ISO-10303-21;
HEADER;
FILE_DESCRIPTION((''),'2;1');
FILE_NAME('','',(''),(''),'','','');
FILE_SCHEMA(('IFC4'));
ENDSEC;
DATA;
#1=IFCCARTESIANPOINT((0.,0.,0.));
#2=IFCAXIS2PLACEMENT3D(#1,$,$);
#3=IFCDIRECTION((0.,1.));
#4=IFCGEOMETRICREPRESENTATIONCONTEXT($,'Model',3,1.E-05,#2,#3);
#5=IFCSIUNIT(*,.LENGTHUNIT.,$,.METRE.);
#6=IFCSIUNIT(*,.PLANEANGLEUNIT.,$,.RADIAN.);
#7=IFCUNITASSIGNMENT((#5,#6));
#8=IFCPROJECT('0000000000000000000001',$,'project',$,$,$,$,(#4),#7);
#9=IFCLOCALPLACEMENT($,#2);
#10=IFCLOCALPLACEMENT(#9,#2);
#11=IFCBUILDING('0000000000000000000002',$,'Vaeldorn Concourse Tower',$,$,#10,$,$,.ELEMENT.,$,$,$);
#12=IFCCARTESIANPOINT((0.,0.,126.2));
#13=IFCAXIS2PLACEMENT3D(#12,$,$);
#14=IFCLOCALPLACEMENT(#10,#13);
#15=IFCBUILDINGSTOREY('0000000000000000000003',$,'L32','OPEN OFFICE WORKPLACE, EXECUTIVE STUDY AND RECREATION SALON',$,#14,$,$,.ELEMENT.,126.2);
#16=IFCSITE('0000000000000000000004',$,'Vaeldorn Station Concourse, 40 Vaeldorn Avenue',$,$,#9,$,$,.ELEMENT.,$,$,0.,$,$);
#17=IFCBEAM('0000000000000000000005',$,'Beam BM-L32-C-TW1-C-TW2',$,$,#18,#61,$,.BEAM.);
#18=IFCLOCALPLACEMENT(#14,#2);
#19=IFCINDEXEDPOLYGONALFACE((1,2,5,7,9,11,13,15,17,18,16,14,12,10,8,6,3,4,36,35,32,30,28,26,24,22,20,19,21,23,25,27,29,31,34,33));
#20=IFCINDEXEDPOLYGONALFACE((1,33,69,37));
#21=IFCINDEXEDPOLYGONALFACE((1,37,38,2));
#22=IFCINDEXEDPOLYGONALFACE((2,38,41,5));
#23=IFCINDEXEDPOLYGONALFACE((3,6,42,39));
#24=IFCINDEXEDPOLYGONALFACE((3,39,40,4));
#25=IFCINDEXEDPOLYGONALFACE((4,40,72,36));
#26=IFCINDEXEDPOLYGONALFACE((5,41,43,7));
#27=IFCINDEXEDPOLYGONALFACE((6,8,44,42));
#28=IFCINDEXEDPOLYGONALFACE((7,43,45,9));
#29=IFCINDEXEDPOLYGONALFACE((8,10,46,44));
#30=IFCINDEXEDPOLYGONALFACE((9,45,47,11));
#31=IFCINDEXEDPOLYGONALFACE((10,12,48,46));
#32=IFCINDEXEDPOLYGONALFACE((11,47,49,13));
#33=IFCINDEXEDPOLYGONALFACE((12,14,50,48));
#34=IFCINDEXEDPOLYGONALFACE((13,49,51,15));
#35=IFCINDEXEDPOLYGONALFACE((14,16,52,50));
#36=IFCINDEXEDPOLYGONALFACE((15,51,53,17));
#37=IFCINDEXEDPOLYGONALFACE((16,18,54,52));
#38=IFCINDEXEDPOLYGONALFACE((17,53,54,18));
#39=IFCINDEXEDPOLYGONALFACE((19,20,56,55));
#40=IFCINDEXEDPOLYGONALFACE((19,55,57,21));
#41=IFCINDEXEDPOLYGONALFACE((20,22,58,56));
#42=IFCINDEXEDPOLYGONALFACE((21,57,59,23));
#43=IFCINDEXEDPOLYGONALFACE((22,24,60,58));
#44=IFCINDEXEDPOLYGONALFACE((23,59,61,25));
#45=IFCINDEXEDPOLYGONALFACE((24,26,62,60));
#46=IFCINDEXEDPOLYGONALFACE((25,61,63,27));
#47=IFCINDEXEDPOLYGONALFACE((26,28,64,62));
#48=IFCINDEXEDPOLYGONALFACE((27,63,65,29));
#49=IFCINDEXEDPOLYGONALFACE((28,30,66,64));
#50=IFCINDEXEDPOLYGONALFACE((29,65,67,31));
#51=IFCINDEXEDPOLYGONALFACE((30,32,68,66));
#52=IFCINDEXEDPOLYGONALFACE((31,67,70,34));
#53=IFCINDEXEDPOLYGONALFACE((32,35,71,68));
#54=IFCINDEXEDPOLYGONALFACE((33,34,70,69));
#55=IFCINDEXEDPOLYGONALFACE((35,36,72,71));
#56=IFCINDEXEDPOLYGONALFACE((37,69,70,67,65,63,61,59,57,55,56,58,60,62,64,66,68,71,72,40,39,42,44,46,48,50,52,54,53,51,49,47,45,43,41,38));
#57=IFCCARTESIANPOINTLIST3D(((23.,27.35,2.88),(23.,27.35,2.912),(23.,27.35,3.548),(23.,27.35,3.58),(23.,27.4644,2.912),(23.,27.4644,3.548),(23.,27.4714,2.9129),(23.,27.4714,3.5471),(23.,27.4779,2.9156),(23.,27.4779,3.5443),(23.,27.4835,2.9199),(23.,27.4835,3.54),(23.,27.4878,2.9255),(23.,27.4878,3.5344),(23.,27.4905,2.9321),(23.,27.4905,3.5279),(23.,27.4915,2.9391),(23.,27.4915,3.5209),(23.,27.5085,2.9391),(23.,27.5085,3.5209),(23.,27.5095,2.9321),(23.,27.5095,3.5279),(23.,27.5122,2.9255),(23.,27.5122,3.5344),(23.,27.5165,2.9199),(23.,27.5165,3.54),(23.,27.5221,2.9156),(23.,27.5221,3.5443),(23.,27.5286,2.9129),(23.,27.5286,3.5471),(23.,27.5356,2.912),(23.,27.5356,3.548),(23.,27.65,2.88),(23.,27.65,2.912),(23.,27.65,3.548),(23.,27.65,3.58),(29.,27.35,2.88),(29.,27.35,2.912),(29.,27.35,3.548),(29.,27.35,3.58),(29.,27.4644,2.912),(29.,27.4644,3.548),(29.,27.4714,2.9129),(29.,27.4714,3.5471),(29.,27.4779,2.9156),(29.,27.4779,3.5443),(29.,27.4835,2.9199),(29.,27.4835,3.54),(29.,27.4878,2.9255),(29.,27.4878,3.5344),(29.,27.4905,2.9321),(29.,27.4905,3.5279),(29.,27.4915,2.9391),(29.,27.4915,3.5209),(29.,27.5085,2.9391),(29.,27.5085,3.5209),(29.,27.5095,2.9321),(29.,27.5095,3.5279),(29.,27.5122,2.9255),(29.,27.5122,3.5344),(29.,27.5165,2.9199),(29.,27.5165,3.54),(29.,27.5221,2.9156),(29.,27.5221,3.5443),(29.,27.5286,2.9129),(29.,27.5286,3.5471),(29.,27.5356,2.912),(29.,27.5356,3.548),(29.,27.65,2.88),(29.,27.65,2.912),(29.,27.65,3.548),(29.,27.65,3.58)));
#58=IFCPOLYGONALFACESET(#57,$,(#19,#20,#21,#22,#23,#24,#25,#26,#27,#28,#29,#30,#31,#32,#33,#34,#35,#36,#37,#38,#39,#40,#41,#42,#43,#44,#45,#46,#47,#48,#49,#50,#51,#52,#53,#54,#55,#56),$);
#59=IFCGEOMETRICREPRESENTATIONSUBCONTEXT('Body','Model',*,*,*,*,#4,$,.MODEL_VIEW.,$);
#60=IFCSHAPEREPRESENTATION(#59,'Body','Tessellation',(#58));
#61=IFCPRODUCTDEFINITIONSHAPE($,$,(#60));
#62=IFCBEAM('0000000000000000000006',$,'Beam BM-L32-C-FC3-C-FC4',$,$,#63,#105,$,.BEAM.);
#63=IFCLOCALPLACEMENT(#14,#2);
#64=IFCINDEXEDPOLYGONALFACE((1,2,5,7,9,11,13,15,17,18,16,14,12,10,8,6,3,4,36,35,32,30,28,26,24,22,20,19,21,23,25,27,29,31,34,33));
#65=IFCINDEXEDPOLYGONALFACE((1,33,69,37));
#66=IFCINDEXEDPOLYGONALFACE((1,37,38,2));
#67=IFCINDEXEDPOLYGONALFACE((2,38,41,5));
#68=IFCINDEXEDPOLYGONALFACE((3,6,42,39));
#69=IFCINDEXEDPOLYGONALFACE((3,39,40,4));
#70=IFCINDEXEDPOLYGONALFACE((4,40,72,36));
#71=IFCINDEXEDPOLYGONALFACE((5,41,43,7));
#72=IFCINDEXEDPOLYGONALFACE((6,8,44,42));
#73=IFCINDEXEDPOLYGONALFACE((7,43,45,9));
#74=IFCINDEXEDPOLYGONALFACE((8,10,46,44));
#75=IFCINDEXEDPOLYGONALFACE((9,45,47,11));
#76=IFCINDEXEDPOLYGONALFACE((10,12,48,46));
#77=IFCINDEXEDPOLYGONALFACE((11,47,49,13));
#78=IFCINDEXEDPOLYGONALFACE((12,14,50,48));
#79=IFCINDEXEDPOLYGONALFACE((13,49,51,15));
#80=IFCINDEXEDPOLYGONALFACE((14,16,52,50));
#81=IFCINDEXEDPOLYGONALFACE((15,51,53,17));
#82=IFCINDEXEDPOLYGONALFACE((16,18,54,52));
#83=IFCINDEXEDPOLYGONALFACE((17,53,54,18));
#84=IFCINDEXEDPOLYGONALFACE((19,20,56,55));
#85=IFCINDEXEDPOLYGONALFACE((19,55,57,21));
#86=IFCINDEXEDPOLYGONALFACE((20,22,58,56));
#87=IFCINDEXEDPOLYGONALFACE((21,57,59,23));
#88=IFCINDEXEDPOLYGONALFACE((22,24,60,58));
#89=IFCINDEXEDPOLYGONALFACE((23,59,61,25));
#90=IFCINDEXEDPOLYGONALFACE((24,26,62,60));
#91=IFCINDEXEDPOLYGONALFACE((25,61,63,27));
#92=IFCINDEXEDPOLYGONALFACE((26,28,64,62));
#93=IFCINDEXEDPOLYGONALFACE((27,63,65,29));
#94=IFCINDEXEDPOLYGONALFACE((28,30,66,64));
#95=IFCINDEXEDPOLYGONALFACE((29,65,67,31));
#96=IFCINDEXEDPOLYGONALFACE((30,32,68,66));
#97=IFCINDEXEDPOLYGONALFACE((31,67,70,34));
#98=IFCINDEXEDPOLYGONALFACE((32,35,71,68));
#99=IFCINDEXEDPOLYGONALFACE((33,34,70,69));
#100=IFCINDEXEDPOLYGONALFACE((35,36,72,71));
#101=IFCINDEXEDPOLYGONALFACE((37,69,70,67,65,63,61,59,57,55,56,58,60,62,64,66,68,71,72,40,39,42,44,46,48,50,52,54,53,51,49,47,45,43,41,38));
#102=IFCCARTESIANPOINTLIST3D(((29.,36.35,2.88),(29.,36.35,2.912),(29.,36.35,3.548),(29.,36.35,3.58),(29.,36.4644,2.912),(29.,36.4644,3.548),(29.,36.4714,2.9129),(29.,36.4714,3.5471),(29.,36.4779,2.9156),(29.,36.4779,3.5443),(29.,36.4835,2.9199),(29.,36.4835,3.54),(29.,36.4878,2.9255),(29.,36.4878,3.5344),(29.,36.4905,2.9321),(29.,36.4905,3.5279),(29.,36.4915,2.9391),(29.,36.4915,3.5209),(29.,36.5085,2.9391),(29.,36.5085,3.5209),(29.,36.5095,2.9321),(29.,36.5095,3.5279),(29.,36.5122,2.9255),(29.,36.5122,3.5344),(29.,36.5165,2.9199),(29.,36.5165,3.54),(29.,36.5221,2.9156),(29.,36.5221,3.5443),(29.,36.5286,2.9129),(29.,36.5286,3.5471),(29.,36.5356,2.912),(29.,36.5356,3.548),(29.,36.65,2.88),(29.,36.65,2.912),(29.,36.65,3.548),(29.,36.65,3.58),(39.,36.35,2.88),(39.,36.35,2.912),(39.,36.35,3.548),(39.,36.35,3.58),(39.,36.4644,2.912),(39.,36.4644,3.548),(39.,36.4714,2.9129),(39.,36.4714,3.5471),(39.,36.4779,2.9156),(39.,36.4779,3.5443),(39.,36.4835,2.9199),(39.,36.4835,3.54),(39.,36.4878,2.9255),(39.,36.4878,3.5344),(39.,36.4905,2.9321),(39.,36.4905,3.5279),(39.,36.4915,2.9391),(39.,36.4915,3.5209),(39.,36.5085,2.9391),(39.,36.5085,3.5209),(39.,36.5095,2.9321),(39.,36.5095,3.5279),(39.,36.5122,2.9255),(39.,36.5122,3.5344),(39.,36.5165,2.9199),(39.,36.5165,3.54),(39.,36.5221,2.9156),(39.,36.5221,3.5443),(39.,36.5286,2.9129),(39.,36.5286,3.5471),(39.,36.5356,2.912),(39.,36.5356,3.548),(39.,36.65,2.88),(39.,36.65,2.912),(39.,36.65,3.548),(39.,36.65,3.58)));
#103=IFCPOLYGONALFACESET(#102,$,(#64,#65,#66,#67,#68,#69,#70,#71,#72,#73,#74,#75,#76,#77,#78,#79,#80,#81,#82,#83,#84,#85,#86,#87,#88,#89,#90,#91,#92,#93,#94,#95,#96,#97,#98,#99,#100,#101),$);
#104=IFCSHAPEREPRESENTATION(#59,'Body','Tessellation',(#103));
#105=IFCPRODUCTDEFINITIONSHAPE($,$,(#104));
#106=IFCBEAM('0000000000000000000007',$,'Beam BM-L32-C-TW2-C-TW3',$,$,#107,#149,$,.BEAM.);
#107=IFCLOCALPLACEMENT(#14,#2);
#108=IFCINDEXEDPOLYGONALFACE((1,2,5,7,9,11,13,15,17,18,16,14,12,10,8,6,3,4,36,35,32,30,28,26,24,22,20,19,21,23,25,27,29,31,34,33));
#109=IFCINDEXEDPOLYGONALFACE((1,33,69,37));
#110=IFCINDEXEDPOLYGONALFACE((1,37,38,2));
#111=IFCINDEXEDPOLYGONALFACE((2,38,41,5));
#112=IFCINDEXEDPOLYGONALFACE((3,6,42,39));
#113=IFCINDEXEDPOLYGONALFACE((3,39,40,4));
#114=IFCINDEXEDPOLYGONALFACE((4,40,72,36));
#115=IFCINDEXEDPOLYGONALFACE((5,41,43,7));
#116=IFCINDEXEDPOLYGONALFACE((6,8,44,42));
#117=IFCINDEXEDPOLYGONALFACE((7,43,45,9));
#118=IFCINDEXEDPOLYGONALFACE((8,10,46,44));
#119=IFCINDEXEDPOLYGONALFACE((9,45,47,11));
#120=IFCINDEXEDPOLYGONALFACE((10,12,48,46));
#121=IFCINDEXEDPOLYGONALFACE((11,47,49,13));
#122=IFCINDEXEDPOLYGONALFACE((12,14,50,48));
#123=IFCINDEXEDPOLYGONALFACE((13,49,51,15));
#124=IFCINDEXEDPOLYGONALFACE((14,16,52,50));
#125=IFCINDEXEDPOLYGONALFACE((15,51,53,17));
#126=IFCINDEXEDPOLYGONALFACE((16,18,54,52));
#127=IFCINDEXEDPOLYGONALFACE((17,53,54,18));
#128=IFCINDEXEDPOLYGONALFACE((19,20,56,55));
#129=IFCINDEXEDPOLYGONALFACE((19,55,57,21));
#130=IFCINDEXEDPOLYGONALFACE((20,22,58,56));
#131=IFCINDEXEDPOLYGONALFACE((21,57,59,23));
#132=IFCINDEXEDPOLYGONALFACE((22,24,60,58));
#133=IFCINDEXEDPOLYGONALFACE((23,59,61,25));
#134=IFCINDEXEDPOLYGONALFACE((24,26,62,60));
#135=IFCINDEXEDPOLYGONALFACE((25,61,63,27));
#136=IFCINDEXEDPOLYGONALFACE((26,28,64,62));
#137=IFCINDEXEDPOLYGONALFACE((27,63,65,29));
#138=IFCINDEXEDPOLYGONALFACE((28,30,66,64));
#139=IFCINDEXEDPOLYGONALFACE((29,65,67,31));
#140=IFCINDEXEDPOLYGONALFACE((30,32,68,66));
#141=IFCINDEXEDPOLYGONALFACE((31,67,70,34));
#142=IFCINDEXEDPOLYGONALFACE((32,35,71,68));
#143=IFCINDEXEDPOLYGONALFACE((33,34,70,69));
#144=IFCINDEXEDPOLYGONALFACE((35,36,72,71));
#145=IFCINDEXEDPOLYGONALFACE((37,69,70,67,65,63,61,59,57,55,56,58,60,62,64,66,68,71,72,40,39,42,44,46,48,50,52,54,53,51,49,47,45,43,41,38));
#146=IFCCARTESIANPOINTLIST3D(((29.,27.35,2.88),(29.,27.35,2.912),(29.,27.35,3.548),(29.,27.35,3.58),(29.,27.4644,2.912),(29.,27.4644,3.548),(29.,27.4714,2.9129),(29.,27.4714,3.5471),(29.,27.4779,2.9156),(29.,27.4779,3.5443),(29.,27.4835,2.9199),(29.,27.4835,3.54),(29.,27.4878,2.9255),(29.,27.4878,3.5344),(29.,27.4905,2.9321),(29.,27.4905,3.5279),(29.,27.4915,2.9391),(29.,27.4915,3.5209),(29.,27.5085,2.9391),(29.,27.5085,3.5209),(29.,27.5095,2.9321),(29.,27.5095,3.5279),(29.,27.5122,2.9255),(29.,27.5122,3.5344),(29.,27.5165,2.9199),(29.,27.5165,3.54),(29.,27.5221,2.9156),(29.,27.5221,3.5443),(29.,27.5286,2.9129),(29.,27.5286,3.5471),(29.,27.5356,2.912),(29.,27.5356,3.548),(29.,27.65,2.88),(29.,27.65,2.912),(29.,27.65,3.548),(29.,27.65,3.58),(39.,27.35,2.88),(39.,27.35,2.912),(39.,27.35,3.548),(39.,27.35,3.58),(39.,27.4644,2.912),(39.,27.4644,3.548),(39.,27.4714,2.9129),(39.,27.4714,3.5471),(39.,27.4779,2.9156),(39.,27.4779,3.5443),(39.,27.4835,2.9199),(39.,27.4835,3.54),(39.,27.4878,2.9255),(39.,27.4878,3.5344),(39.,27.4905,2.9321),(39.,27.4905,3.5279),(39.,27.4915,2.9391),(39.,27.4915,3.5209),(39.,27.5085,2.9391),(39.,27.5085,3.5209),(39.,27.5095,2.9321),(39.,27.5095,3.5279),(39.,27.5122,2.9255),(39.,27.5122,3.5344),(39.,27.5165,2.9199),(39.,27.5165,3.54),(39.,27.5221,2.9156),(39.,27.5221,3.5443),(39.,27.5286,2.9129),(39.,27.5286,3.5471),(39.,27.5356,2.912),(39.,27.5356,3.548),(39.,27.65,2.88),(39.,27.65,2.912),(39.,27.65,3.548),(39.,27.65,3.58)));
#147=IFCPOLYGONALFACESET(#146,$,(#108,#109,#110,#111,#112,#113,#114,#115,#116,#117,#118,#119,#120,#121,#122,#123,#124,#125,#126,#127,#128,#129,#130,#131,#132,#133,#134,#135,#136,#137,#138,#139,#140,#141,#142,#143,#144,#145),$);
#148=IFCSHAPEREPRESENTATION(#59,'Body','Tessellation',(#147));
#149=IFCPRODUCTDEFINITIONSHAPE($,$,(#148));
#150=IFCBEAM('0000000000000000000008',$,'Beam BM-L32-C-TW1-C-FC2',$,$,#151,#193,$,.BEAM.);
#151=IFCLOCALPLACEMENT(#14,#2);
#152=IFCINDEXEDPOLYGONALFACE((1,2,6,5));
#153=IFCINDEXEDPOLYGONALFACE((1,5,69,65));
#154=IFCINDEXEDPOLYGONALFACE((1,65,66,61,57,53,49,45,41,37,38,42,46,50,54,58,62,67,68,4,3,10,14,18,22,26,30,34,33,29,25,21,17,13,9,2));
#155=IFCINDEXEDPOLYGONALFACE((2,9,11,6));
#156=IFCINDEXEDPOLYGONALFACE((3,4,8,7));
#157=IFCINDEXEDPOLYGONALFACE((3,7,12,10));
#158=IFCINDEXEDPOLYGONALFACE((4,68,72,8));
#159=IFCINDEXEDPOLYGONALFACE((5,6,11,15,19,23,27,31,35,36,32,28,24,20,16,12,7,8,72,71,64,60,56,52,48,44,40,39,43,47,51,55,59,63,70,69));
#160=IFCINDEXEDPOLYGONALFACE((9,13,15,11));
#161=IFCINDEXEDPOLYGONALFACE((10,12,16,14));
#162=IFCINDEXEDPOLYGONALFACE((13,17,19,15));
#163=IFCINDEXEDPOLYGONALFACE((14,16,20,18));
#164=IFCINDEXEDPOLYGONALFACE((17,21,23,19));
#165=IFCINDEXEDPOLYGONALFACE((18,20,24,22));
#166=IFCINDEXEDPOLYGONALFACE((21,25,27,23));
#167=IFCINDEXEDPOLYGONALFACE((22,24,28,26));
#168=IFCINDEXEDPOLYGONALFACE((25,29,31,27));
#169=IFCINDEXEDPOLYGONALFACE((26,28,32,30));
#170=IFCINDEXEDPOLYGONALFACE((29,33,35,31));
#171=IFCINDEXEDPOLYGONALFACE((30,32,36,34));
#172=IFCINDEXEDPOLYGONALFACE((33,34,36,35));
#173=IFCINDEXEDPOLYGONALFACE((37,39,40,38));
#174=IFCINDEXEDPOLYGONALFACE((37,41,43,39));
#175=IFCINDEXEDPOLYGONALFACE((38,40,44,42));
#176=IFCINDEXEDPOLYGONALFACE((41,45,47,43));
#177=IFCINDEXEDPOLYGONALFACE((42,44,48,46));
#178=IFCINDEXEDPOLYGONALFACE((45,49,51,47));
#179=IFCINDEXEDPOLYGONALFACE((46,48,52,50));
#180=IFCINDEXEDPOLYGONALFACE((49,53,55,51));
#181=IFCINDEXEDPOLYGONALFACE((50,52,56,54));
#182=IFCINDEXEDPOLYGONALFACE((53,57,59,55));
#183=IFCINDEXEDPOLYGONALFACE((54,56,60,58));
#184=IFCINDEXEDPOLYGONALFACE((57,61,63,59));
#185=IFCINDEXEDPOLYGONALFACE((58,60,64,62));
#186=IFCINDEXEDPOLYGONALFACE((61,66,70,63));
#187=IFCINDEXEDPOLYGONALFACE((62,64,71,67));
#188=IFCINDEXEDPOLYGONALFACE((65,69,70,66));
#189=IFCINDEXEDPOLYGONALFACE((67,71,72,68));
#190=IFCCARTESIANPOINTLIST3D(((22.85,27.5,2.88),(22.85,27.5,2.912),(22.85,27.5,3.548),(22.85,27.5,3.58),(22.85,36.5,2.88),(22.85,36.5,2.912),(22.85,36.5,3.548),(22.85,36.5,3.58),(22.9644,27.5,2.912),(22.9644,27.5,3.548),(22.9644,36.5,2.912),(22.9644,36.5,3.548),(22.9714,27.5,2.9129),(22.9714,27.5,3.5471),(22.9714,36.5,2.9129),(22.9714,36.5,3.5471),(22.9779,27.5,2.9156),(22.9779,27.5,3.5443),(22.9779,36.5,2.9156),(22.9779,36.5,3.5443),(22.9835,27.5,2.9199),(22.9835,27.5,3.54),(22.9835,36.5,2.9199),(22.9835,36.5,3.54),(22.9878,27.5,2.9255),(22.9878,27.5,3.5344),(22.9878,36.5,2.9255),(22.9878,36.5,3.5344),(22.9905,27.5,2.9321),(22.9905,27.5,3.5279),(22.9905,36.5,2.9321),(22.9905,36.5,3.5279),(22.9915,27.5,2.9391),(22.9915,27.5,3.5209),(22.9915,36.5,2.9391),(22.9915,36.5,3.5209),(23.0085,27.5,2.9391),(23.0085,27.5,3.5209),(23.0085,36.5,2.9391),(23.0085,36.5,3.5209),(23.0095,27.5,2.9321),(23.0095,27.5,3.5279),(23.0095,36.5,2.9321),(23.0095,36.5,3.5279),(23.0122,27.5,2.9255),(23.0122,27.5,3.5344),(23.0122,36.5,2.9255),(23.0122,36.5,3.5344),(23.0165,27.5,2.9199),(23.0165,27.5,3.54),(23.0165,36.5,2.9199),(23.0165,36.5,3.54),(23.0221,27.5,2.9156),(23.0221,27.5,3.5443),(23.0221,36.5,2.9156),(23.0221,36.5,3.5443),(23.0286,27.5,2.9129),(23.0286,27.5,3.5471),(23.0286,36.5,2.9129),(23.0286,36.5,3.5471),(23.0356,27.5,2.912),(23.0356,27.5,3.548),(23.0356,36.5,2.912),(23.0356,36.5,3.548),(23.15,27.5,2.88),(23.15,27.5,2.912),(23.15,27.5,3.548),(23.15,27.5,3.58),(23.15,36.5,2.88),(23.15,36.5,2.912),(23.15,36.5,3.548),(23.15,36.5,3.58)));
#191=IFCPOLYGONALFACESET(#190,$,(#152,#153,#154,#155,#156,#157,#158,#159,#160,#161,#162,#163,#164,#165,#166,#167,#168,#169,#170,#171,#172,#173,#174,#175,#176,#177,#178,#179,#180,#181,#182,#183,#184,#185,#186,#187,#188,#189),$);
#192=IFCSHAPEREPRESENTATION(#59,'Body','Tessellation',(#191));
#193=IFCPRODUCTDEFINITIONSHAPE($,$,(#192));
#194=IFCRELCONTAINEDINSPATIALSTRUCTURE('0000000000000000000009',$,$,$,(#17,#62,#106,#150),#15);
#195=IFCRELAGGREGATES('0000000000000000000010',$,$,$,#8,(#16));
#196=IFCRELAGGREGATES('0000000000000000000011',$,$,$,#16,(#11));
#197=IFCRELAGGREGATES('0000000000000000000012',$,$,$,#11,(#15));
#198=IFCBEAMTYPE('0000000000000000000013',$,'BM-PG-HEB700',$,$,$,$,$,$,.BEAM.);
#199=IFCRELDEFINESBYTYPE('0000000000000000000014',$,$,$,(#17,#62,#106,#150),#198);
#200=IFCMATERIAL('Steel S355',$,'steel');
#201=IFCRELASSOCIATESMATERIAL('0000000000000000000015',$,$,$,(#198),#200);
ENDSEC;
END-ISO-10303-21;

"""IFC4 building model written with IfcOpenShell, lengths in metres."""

from ifc_helpers import new_model, si_unit, direction, frame, origin, origin_2d, place, context, subcontext, project, spatial, i_section, extrude, source, transform, mapped, material, material_profile, profile_set, type_object, element, save


model = new_model("IFC4")

# Units and contexts
model_context = context("Model", 3, precision=1e-05, world=origin(), true_north=direction((0.0, 1.0)))
body_context = subcontext(model_context, "Body", "Model", "MODEL_VIEW")
ifc_project = project(units=[si_unit("LENGTHUNIT", "METRE"), si_unit("PLANEANGLEUNIT", "RADIAN")], contexts=[model_context])

# Site, building, storey
site_placement = place(None, origin())
site = spatial("IfcSite", under=ifc_project, at=site_placement, Name="Vaeldorn Station Concourse, 40 Vaeldorn Avenue", CompositionType="ELEMENT", RefElevation=0.0)
building_placement = place(site_placement, origin())
building = spatial("IfcBuilding", under=site, at=building_placement, Name="Vaeldorn Concourse Tower", CompositionType="ELEMENT")
storey_placement = place(building_placement, frame((0.0, 0.0, 126.2)))
storey = spatial("IfcBuildingStorey", under=building, at=storey_placement, Name="L32", Description="OPEN OFFICE WORKPLACE, EXECUTIVE STUDY AND RECREATION SALON", CompositionType="ELEMENT", Elevation=126.2)

# Beams
ifc_material_1 = material(Name="Steel S355", Category="steel")
ifc_material_profile_1 = material_profile(ifc_material_1, i_section(OverallWidth=0.3, OverallDepth=0.7, WebThickness=0.0171, FlangeThickness=0.032, FilletRadius=0.0271, at=origin_2d()), Name="HEB 700")
ifc_profile_set_1 = profile_set([ifc_material_profile_1], Name="Steel S355")
beam_type_1 = type_object("IfcBeamType", Name="BM-PG-HEB700", PredefinedType="BEAM", material=ifc_profile_set_1)
shared_shape_1 = source(origin(), body_context, "Body", "SweptSolid", [
    extrude(i_section(OverallWidth=0.3, OverallDepth=0.7, WebThickness=0.0171, FlangeThickness=0.032, FilletRadius=0.0271, at=origin_2d()), origin(), (0.0, 0.0, 1.0), 6.0),
])
for number, where, z_axis, x_axis, name in (
    (1, (23.0, 27.5, 3.23), (1.0, 0.0, 0.0), (0.0, 1.0, 0.0), "Beam BM-L32-C-TW1-C-TW2"),
):
    element("IfcBeam", number, at=place(storey_placement, frame(where, z_axis=z_axis, x_axis=x_axis)), inside=storey, type_object=beam_type_1, Name=name, PredefinedType="BEAM", context=body_context, shape_type="MappedRepresentation", body=[
        mapped(shared_shape_1, transform((0.0, 0.0, 0.0), scale=1.0)),
    ])
shared_shape_2 = source(origin(), body_context, "Body", "SweptSolid", [
    extrude(i_section(OverallWidth=0.3, OverallDepth=0.7, WebThickness=0.0171, FlangeThickness=0.032, FilletRadius=0.0271, at=origin_2d()), origin(), (0.0, 0.0, 1.0), 10.0),
])
for number, where, z_axis, x_axis, name in (
    (2, (29.0, 36.5, 3.23), (1.0, 0.0, 0.0), (0.0, 1.0, 0.0), "Beam BM-L32-C-FC3-C-FC4"),
    (3, (29.0, 27.5, 3.23), (1.0, 0.0, 0.0), (0.0, 1.0, 0.0), "Beam BM-L32-C-TW2-C-TW3"),
):
    element("IfcBeam", number, at=place(storey_placement, frame(where, z_axis=z_axis, x_axis=x_axis)), inside=storey, type_object=beam_type_1, Name=name, PredefinedType="BEAM", context=body_context, shape_type="MappedRepresentation", body=[
        mapped(shared_shape_2, transform((0.0, 0.0, 0.0), scale=1.0)),
    ])
shared_shape_3 = source(origin(), body_context, "Body", "SweptSolid", [
    extrude(i_section(OverallWidth=0.3, OverallDepth=0.7, WebThickness=0.0171, FlangeThickness=0.032, FilletRadius=0.0271, at=origin_2d()), origin(), (0.0, 0.0, 1.0), 9.0),
])
for number, where, z_axis, x_axis, name in (
    (4, (23.0, 27.5, 3.23), (0.0, 1.0, 0.0), (-1.0, 0.0, 0.0), "Beam BM-L32-C-TW1-C-FC2"),
):
    element("IfcBeam", number, at=place(storey_placement, frame(where, z_axis=z_axis, x_axis=x_axis)), inside=storey, type_object=beam_type_1, Name=name, PredefinedType="BEAM", context=body_context, shape_type="MappedRepresentation", body=[
        mapped(shared_shape_3, transform((0.0, 0.0, 0.0), scale=1.0)),
    ])

save(model, "model.ifc")
